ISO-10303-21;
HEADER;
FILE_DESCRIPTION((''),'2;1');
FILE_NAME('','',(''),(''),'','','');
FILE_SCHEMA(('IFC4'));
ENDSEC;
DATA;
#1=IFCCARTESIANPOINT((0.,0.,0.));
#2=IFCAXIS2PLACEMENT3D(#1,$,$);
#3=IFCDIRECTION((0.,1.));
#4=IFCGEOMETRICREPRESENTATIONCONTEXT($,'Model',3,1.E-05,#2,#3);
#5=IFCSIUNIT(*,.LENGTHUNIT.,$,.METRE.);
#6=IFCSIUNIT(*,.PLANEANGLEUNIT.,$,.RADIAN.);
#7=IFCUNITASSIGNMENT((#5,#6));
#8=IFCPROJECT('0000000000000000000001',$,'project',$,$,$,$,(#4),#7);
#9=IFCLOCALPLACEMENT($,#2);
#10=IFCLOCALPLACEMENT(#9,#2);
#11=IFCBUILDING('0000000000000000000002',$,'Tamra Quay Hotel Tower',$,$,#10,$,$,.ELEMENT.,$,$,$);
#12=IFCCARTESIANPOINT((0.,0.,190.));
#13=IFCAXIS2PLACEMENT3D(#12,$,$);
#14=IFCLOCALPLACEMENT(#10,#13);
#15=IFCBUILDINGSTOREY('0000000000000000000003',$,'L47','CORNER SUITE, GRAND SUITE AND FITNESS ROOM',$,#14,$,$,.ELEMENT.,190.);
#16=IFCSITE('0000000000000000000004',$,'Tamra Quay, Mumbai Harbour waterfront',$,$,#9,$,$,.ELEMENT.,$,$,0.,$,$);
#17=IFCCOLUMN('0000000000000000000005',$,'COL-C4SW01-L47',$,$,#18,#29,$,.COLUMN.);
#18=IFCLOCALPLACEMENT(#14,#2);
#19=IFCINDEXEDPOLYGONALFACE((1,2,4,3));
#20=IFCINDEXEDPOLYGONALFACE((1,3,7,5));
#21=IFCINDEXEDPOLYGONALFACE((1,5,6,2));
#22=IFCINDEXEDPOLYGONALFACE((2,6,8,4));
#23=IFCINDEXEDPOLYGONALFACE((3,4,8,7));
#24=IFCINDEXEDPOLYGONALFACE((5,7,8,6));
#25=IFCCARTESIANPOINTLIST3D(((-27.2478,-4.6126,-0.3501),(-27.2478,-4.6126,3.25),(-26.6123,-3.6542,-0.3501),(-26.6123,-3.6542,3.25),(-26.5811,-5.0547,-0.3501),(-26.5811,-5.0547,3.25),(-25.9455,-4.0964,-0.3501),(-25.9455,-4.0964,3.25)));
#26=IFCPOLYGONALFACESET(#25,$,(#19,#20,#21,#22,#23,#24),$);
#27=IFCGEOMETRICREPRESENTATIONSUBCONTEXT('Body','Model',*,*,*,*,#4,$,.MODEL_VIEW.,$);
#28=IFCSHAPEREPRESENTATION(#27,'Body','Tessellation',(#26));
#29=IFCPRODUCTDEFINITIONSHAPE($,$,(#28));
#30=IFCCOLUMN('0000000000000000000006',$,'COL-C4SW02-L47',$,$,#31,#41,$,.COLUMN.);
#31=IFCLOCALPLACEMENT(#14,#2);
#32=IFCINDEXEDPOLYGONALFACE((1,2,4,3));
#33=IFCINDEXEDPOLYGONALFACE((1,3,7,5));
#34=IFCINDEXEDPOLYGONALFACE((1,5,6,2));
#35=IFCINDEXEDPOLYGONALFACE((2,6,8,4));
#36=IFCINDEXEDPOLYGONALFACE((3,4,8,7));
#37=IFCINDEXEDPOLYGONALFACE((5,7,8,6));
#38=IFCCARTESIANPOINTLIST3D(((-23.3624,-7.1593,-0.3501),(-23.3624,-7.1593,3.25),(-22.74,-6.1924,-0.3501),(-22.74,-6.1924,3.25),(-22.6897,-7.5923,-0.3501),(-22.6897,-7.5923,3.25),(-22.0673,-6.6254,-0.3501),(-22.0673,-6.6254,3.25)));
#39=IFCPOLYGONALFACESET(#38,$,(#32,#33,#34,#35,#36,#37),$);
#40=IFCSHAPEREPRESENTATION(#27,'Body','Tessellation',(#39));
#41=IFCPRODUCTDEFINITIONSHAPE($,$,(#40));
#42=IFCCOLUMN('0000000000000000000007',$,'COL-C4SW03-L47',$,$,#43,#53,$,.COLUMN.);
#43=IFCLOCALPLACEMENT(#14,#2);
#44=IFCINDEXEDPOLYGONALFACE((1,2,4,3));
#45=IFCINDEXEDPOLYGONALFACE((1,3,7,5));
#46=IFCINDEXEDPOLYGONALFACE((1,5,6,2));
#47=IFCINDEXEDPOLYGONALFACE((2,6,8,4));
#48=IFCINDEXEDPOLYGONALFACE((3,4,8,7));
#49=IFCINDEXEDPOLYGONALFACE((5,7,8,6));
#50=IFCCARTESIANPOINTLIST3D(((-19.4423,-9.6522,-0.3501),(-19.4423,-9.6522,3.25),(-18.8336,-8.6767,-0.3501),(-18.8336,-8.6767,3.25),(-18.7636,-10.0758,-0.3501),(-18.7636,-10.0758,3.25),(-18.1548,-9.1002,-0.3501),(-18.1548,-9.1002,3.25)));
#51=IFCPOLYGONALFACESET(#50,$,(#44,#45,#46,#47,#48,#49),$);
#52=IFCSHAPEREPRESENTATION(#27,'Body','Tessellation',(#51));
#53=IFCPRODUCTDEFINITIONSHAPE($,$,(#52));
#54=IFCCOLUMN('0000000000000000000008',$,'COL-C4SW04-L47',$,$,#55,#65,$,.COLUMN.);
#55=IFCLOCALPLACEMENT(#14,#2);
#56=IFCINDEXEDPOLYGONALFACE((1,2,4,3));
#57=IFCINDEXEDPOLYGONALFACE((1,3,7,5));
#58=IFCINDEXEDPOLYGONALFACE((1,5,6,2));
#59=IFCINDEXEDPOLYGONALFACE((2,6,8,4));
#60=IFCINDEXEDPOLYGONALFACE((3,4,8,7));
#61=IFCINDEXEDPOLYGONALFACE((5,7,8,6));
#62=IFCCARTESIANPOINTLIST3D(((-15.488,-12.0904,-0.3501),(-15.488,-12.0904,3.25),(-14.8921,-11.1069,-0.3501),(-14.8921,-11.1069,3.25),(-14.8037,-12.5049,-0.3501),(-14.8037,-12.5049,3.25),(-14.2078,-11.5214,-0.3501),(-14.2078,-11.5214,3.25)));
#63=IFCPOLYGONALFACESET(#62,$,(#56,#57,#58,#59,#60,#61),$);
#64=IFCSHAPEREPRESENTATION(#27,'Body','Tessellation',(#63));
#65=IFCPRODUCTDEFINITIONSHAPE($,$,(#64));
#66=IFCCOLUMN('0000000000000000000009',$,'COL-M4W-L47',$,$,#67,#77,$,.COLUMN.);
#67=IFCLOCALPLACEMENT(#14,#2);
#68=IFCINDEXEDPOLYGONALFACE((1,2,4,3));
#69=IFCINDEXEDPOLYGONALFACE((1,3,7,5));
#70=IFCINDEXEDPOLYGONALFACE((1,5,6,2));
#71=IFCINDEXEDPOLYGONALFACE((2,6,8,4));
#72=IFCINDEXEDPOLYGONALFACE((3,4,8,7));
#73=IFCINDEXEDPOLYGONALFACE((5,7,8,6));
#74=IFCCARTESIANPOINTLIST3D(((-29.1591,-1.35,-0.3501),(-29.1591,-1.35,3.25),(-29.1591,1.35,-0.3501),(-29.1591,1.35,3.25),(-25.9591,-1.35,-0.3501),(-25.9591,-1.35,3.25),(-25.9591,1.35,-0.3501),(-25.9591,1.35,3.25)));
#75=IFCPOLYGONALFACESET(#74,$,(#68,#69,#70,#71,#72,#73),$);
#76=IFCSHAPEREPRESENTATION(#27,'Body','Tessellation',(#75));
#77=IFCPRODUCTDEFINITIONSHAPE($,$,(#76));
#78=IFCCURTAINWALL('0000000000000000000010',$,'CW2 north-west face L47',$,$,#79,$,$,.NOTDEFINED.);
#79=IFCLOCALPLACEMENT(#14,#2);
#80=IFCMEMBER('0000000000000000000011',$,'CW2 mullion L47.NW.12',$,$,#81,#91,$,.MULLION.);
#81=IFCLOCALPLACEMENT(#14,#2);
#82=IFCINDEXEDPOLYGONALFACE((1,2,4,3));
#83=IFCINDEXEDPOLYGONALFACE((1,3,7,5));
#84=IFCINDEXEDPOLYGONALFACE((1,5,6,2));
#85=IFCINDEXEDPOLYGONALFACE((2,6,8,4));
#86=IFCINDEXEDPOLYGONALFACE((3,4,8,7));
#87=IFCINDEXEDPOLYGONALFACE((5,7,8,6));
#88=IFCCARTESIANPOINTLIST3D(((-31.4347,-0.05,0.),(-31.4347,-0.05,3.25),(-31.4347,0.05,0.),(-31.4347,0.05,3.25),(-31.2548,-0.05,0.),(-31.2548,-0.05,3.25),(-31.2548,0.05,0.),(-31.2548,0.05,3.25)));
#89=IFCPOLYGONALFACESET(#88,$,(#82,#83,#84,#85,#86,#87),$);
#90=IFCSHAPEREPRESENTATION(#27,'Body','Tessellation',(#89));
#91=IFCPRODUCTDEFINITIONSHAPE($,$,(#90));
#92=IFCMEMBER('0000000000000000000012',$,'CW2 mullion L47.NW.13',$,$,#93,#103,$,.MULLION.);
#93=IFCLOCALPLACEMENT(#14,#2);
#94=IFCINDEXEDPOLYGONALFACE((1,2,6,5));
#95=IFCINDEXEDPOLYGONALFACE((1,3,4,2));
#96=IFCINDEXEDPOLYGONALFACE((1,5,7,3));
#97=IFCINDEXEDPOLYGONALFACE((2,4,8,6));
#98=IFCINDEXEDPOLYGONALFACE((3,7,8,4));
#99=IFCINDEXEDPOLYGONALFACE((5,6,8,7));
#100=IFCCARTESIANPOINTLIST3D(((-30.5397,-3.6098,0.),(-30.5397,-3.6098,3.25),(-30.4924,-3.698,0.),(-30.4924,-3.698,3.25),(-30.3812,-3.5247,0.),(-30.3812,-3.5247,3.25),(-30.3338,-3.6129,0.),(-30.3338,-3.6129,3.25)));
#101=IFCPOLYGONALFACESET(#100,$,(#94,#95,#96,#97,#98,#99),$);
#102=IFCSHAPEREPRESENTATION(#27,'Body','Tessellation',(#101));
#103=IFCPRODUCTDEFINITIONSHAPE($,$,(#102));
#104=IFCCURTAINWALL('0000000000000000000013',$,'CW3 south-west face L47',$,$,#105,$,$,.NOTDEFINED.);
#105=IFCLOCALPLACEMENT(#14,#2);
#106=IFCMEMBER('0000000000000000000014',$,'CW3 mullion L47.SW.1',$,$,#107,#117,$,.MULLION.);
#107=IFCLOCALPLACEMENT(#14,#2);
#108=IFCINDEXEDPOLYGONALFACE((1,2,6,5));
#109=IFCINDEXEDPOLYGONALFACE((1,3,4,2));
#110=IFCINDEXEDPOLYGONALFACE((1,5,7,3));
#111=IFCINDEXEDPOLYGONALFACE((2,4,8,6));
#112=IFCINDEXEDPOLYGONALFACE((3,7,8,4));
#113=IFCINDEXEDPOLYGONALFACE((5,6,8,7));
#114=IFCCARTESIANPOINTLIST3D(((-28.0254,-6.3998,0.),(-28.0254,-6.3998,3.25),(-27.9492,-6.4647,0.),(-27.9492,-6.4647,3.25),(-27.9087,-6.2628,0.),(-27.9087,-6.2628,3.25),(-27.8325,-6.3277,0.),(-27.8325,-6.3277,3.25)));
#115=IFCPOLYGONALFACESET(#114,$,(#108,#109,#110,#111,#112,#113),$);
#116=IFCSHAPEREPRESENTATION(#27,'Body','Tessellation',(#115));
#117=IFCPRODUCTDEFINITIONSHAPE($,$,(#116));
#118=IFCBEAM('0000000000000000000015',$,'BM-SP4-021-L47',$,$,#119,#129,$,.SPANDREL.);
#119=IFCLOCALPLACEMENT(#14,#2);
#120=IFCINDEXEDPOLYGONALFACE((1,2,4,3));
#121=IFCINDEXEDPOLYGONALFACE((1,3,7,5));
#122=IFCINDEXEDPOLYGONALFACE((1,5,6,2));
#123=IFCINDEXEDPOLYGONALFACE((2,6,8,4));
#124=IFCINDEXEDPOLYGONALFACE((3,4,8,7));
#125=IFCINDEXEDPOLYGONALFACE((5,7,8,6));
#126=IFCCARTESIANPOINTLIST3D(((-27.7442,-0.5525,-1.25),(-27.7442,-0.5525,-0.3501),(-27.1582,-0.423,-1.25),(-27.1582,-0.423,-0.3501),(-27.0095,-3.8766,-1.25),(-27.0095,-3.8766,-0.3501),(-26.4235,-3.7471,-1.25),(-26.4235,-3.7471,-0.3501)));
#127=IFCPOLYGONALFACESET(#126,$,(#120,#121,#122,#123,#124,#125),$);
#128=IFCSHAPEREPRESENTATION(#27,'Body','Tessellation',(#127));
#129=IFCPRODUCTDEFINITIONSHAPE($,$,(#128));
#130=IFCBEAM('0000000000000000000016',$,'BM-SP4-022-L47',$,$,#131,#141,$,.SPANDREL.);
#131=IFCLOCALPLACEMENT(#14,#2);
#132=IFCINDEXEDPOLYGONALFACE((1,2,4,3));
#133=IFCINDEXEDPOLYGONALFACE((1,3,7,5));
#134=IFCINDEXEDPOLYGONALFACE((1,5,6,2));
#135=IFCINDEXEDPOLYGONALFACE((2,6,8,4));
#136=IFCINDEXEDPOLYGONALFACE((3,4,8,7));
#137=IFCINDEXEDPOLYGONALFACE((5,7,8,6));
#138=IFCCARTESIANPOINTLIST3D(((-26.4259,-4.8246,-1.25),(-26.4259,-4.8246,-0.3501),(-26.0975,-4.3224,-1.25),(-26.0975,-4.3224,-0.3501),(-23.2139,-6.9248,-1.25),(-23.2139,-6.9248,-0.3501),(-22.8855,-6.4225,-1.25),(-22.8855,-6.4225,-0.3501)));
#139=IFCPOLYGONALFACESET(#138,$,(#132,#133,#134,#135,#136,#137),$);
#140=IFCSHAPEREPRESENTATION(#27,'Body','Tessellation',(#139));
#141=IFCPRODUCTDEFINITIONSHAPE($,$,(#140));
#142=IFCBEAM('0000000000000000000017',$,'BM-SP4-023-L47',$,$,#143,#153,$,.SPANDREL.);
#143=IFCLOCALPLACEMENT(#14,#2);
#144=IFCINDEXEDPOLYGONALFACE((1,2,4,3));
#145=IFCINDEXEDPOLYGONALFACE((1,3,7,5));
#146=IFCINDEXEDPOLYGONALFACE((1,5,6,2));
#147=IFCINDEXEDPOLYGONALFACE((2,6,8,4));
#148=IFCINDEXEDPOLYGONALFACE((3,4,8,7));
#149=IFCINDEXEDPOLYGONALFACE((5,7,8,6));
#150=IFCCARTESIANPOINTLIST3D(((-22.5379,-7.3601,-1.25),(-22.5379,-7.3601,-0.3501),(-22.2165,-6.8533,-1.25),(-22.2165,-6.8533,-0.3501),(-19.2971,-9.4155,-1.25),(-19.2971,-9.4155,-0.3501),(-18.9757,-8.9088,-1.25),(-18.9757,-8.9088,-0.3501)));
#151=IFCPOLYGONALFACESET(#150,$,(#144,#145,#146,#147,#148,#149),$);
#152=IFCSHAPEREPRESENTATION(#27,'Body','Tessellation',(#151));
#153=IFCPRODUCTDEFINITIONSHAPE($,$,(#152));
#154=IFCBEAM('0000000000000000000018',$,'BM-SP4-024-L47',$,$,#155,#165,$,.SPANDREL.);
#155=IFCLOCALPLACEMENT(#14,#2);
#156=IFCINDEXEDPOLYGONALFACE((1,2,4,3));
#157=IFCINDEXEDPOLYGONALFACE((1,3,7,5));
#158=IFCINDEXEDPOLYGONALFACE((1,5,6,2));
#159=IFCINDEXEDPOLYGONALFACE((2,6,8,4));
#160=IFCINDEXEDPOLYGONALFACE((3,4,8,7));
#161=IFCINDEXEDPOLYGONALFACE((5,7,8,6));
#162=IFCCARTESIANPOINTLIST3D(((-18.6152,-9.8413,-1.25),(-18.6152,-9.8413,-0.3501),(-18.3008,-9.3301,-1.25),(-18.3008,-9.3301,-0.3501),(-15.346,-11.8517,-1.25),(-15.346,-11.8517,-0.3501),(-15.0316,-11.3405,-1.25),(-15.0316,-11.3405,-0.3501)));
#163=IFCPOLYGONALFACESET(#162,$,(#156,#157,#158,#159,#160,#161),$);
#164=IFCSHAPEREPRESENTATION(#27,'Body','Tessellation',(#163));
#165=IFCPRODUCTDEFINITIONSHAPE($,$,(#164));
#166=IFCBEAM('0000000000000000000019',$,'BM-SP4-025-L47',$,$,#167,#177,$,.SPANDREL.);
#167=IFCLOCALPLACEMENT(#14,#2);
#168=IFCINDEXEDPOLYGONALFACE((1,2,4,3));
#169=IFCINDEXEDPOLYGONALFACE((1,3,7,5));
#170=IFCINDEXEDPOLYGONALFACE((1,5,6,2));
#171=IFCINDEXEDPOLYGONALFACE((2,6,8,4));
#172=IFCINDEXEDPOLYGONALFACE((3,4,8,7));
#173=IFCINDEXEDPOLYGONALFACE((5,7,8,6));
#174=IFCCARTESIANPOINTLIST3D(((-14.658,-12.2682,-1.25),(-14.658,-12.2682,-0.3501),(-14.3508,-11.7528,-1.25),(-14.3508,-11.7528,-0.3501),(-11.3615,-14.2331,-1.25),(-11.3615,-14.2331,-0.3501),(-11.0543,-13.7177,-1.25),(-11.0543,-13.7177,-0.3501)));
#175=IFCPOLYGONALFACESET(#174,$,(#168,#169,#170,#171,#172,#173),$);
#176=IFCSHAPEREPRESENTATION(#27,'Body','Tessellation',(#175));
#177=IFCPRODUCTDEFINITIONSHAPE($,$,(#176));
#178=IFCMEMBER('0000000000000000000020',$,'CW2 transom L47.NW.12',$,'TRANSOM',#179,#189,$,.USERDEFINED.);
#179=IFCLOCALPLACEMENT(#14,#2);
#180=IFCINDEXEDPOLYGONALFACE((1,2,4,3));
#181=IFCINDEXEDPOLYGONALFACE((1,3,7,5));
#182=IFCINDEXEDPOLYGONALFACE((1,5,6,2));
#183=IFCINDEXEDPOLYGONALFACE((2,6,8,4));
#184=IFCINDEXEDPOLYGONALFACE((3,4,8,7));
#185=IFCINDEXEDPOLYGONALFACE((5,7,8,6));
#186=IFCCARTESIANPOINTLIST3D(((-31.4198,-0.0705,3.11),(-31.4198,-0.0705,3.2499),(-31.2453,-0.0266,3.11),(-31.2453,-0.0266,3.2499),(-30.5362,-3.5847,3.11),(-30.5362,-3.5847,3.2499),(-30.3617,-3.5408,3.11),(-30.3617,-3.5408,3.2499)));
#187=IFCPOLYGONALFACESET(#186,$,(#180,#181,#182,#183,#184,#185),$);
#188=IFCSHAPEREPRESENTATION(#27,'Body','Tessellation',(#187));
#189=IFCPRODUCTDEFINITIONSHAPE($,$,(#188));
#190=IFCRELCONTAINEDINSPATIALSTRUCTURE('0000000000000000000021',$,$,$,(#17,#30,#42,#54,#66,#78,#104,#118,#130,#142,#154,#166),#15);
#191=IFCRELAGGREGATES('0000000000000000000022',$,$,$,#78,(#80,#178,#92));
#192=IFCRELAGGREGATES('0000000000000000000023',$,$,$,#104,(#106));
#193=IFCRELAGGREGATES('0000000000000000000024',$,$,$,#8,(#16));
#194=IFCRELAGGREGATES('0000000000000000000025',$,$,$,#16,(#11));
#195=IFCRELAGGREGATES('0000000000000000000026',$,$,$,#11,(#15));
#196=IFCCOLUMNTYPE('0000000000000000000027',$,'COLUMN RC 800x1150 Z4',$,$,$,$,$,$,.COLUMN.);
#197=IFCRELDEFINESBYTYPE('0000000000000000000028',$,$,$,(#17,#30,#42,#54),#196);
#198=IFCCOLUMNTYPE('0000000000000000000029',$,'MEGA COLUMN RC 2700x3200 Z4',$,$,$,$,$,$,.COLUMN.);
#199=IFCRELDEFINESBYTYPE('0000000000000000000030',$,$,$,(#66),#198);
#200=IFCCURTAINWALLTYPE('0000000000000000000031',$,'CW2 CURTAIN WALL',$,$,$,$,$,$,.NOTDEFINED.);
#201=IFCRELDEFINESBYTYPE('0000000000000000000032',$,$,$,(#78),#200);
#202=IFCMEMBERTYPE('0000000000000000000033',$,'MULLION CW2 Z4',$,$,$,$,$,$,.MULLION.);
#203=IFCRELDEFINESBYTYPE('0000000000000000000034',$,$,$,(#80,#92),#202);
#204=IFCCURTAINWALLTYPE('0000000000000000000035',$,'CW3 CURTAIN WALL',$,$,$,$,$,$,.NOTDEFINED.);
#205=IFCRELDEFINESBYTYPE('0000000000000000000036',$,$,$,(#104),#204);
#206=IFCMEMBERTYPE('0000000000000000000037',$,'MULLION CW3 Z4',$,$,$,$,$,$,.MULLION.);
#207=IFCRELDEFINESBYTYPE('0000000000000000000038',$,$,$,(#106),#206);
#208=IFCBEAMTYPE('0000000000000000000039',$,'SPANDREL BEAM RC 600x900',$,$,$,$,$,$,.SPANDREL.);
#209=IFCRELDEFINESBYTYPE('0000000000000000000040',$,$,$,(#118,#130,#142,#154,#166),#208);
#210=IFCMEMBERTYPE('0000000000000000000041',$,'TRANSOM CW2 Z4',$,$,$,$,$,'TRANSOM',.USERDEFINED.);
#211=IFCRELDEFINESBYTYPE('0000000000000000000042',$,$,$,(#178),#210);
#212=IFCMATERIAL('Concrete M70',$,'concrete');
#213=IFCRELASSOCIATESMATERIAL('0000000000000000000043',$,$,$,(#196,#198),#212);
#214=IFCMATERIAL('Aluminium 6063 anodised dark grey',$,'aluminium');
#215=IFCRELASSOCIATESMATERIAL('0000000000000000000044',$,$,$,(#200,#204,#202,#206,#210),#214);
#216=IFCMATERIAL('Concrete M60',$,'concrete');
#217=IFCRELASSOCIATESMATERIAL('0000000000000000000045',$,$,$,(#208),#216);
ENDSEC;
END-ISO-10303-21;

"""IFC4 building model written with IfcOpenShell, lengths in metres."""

from ifc_helpers import new_model, si_unit, direction, frame, origin, origin_2d, place, context, subcontext, project, spatial, rectangle, extrude, material, material_profile, profile_set, type_object, element, aggregate, save


model = new_model("IFC4")

# Units and contexts
model_context = context("Model", 3, precision=1e-05, world=origin(), true_north=direction((0.0, 1.0)))
body_context = subcontext(model_context, "Body", "Model", "MODEL_VIEW")
ifc_project = project(units=[si_unit("LENGTHUNIT", "METRE"), si_unit("PLANEANGLEUNIT", "RADIAN")], contexts=[model_context])

# Site, building, storey
site_placement = place(None, origin())
site = spatial("IfcSite", under=ifc_project, at=site_placement, Name="Tamra Quay, Mumbai Harbour waterfront", CompositionType="ELEMENT", RefElevation=0.0)
building_placement = place(site_placement, origin())
building = spatial("IfcBuilding", under=site, at=building_placement, Name="Tamra Quay Hotel Tower", CompositionType="ELEMENT")
storey_placement = place(building_placement, frame((0.0, 0.0, 190.0)))
storey = spatial("IfcBuildingStorey", under=building, at=storey_placement, Name="L47", Description="CORNER SUITE, GRAND SUITE AND FITNESS ROOM", CompositionType="ELEMENT", Elevation=190.0)

# Columns
ifc_material_1 = material(Name="Concrete M70", Category="concrete")
ifc_material_profile_1 = material_profile(ifc_material_1, rectangle(XDim=1.1499, YDim=0.8, at=origin_2d()), Name="COLUMN RC 800x1150 Z4")
ifc_profile_set_1 = profile_set([ifc_material_profile_1], Name="Concrete M70")
column_type_1 = type_object("IfcColumnType", Name="COLUMN RC 800x1150 Z4", PredefinedType="COLUMN", material=ifc_profile_set_1)
for number, where, z_axis, x_axis, name in (
    (1, (-26.5967, -4.3545, -0.3501), (0.0, 0.0, 1.0), (0.552666, 0.833403, 0.0), "COL-C4SW01-L47"),
    (2, (-22.7148, -6.8923, -0.3501), (0.0, 0.0, 1.0), (0.541283, 0.840841, 0.0), "COL-C4SW02-L47"),
    (3, (-18.7986, -9.3762, -0.3501), (0.0, 0.0, 1.0), (0.52941, 0.848366, 0.0), "COL-C4SW03-L47"),
    (4, (-14.8479, -11.8059, -0.3501), (0.0, 0.0, 1.0), (0.518175, 0.855275, 0.0), "COL-C4SW04-L47"),
):
    element("IfcColumn", number, at=place(storey_placement, frame(where, z_axis=z_axis, x_axis=x_axis)), inside=storey, type_object=column_type_1, Name=name, PredefinedType="COLUMN", context=body_context, shape_type="SweptSolid", body=[
        extrude(rectangle(XDim=1.1499, YDim=0.8, at=origin_2d()), origin(), (0.0, 0.0, 1.0), 3.6001),
    ])
ifc_material_profile_2 = material_profile(ifc_material_1, rectangle(XDim=3.2, YDim=2.7, at=origin_2d()), Name="MEGA COLUMN RC 2700x3200 Z4")
ifc_profile_set_2 = profile_set([ifc_material_profile_2], Name="Concrete M70")
column_type_2 = type_object("IfcColumnType", Name="MEGA COLUMN RC 2700x3200 Z4", PredefinedType="COLUMN", material=ifc_profile_set_2)
column_placement = place(storey_placement, frame((-27.5591, 0.0, -0.3501), z_axis=(0.0, 0.0, 1.0), x_axis=(1.0, 0.0, 0.0)))
element("IfcColumn", 5, at=column_placement, inside=storey, type_object=column_type_2, Name="COL-M4W-L47", PredefinedType="COLUMN", context=body_context, shape_type="SweptSolid", body=[
    extrude(rectangle(XDim=3.2, YDim=2.7, at=origin_2d()), origin(), (0.0, 0.0, 1.0), 3.6001),
])

# Curtain wall, members
ifc_material_2 = material(Name="Aluminium 6063 anodised dark grey", Category="aluminium")
curtain_wall_type_1 = type_object("IfcCurtainWallType", Name="CW2 CURTAIN WALL", PredefinedType="NOTDEFINED", material=ifc_material_2)
curtain_wall_1_placement = place(storey_placement, origin())
curtain_wall_1 = element("IfcCurtainWall", 6, at=curtain_wall_1_placement, inside=storey, type_object=curtain_wall_type_1, Name="CW2 north-west face L47", PredefinedType="NOTDEFINED")
ifc_material_profile_3 = material_profile(ifc_material_2, rectangle(XDim=0.1799, YDim=0.1001, at=origin_2d()), Name="MULLION 100X180")
ifc_profile_set_3 = profile_set([ifc_material_profile_3], Name="Aluminium 6063 anodised dark grey")
member_type_1 = type_object("IfcMemberType", Name="MULLION CW2 Z4", PredefinedType="MULLION", material=ifc_profile_set_3)
member_1_placement = place(storey_placement, frame((-31.3447, 0.0, 0.0), z_axis=(0.0, 0.0, 1.0), x_axis=(-1.0, 0.0, 0.0)))
member_1 = element("IfcMember", 7, at=member_1_placement, type_object=member_type_1, Name="CW2 mullion L47.NW.12", PredefinedType="MULLION", context=body_context, shape_type="SweptSolid", body=[
    extrude(rectangle(XDim=0.1799, YDim=0.1001, at=origin_2d()), origin(), (0.0, 0.0, 1.0), 3.25),
])
member_2_placement = place(storey_placement, frame((-30.4368, -3.6113, 0.0), z_axis=(0.0, 0.0, 1.0), x_axis=(-0.881098, -0.472935, 0.0)))
member_2 = element("IfcMember", 8, at=member_2_placement, type_object=member_type_1, Name="CW2 mullion L47.NW.13", PredefinedType="MULLION", context=body_context, shape_type="SweptSolid", body=[
    extrude(rectangle(XDim=0.1799, YDim=0.1001, at=origin_2d()), origin(), (0.0, 0.0, 1.0), 3.25),
])

# Curtain wall, member
curtain_wall_type_2 = type_object("IfcCurtainWallType", Name="CW3 CURTAIN WALL", PredefinedType="NOTDEFINED", material=ifc_material_2)
curtain_wall_2_placement = place(storey_placement, origin())
curtain_wall_2 = element("IfcCurtainWall", 9, at=curtain_wall_2_placement, inside=storey, type_object=curtain_wall_type_2, Name="CW3 south-west face L47", PredefinedType="NOTDEFINED")
ifc_material_profile_4 = material_profile(ifc_material_2, rectangle(XDim=0.1799, YDim=0.1001, at=origin_2d()), Name="MULLION 100X180")
ifc_profile_set_4 = profile_set([ifc_material_profile_4], Name="Aluminium 6063 anodised dark grey")
member_type_2 = type_object("IfcMemberType", Name="MULLION CW3 Z4", PredefinedType="MULLION", material=ifc_profile_set_4)
member_3_placement = place(storey_placement, frame((-27.929, -6.3638, 0.0), z_axis=(0.0, 0.0, 1.0), x_axis=(-0.648381, -0.761316, 0.0)))
member_3 = element("IfcMember", 10, at=member_3_placement, type_object=member_type_2, Name="CW3 mullion L47.SW.1", PredefinedType="MULLION", context=body_context, shape_type="SweptSolid", body=[
    extrude(rectangle(XDim=0.1799, YDim=0.1001, at=origin_2d()), origin(), (0.0, 0.0, 1.0), 3.25),
])

# Beams
ifc_material_3 = material(Name="Concrete M60", Category="concrete")
ifc_material_profile_5 = material_profile(ifc_material_3, rectangle(XDim=0.6001, YDim=0.8999, at=origin_2d()), Name="SPANDREL BEAM RC 600x900")
ifc_profile_set_5 = profile_set([ifc_material_profile_5], Name="Concrete M60")
beam_type = type_object("IfcBeamType", Name="SPANDREL BEAM RC 600x900", PredefinedType="SPANDREL", material=ifc_profile_set_5)
beam_1_placement = place(storey_placement, frame((-27.4512, -0.4878, -0.8), z_axis=(0.215799, -0.976438, 0.0), x_axis=(0.976438, 0.215799, 0.0)))
element("IfcBeam", 11, at=beam_1_placement, inside=storey, type_object=beam_type, Name="BM-SP4-021-L47", PredefinedType="SPANDREL", context=body_context, shape_type="SweptSolid", body=[
    extrude(rectangle(XDim=0.6001, YDim=0.8999, at=origin_2d()), origin(), (0.0, 0.0, 1.0), 3.4043),
])
for number, where, z_axis, x_axis, name in (
    (12, (-26.2617, -4.5735, -0.8), (0.83697, -0.547249, 0.0), (0.547249, 0.83697, 0.0), "BM-SP4-022-L47"),
    (13, (-22.3772, -7.1067, -0.8), (0.84447, -0.535603, 0.0), (0.535603, 0.84447, 0.0), "BM-SP4-023-L47"),
):
    element("IfcBeam", number, at=place(storey_placement, frame(where, z_axis=z_axis, x_axis=x_axis)), inside=storey, type_object=beam_type, Name=name, PredefinedType="SPANDREL", context=body_context, shape_type="SweptSolid", body=[
        extrude(rectangle(XDim=0.6001, YDim=0.8999, at=origin_2d()), origin(), (0.0, 0.0, 1.0), 3.8376),
    ])
beam_2_placement = place(storey_placement, frame((-18.458, -9.5857, -0.8), z_axis=(0.851818, -0.523838, 0.0), x_axis=(0.523838, 0.851818, 0.0)))
element("IfcBeam", 14, at=beam_2_placement, inside=storey, type_object=beam_type, Name="BM-SP4-024-L47", PredefinedType="SPANDREL", context=body_context, shape_type="SweptSolid", body=[
    extrude(rectangle(XDim=0.6001, YDim=0.8999, at=origin_2d()), origin(), (0.0, 0.0, 1.0), 3.8379),
])
beam_3_placement = place(storey_placement, frame((-14.5044, -12.0105, -0.8), z_axis=(0.858982, -0.512005, 0.0), x_axis=(0.512005, 0.858982, 0.0)))
element("IfcBeam", 15, at=beam_3_placement, inside=storey, type_object=beam_type, Name="BM-SP4-025-L47", PredefinedType="SPANDREL", context=body_context, shape_type="SweptSolid", body=[
    extrude(rectangle(XDim=0.6001, YDim=0.8999, at=origin_2d()), origin(), (0.0, 0.0, 1.0), 3.8376),
])

# Member
ifc_material_profile_6 = material_profile(ifc_material_2, rectangle(XDim=0.1799, YDim=0.1399, at=origin_2d()), Name="TRANSOM 180X140")
ifc_profile_set_6 = profile_set([ifc_material_profile_6], Name="Aluminium 6063 anodised dark grey")
member_type_3 = type_object("IfcMemberType", Name="TRANSOM CW2 Z4", ElementType="TRANSOM", PredefinedType="USERDEFINED", material=ifc_profile_set_6)
member_4_placement = place(storey_placement, frame((-31.3325, -0.0486, 3.1799), z_axis=(0.243835, -0.969817, 0.0), x_axis=(0.969817, 0.243835, 0.0)))
member_4 = element("IfcMember", 16, at=member_4_placement, type_object=member_type_3, Name="CW2 transom L47.NW.12", ObjectType="TRANSOM", PredefinedType="USERDEFINED", context=body_context, shape_type="SweptSolid", body=[
    extrude(rectangle(XDim=0.1799, YDim=0.1399, at=origin_2d()), origin(), (0.0, 0.0, 1.0), 3.6235),
])

aggregate(curtain_wall_1, [member_1, member_4, member_2])
aggregate(curtain_wall_2, [member_3])

save(model, "model.ifc")
